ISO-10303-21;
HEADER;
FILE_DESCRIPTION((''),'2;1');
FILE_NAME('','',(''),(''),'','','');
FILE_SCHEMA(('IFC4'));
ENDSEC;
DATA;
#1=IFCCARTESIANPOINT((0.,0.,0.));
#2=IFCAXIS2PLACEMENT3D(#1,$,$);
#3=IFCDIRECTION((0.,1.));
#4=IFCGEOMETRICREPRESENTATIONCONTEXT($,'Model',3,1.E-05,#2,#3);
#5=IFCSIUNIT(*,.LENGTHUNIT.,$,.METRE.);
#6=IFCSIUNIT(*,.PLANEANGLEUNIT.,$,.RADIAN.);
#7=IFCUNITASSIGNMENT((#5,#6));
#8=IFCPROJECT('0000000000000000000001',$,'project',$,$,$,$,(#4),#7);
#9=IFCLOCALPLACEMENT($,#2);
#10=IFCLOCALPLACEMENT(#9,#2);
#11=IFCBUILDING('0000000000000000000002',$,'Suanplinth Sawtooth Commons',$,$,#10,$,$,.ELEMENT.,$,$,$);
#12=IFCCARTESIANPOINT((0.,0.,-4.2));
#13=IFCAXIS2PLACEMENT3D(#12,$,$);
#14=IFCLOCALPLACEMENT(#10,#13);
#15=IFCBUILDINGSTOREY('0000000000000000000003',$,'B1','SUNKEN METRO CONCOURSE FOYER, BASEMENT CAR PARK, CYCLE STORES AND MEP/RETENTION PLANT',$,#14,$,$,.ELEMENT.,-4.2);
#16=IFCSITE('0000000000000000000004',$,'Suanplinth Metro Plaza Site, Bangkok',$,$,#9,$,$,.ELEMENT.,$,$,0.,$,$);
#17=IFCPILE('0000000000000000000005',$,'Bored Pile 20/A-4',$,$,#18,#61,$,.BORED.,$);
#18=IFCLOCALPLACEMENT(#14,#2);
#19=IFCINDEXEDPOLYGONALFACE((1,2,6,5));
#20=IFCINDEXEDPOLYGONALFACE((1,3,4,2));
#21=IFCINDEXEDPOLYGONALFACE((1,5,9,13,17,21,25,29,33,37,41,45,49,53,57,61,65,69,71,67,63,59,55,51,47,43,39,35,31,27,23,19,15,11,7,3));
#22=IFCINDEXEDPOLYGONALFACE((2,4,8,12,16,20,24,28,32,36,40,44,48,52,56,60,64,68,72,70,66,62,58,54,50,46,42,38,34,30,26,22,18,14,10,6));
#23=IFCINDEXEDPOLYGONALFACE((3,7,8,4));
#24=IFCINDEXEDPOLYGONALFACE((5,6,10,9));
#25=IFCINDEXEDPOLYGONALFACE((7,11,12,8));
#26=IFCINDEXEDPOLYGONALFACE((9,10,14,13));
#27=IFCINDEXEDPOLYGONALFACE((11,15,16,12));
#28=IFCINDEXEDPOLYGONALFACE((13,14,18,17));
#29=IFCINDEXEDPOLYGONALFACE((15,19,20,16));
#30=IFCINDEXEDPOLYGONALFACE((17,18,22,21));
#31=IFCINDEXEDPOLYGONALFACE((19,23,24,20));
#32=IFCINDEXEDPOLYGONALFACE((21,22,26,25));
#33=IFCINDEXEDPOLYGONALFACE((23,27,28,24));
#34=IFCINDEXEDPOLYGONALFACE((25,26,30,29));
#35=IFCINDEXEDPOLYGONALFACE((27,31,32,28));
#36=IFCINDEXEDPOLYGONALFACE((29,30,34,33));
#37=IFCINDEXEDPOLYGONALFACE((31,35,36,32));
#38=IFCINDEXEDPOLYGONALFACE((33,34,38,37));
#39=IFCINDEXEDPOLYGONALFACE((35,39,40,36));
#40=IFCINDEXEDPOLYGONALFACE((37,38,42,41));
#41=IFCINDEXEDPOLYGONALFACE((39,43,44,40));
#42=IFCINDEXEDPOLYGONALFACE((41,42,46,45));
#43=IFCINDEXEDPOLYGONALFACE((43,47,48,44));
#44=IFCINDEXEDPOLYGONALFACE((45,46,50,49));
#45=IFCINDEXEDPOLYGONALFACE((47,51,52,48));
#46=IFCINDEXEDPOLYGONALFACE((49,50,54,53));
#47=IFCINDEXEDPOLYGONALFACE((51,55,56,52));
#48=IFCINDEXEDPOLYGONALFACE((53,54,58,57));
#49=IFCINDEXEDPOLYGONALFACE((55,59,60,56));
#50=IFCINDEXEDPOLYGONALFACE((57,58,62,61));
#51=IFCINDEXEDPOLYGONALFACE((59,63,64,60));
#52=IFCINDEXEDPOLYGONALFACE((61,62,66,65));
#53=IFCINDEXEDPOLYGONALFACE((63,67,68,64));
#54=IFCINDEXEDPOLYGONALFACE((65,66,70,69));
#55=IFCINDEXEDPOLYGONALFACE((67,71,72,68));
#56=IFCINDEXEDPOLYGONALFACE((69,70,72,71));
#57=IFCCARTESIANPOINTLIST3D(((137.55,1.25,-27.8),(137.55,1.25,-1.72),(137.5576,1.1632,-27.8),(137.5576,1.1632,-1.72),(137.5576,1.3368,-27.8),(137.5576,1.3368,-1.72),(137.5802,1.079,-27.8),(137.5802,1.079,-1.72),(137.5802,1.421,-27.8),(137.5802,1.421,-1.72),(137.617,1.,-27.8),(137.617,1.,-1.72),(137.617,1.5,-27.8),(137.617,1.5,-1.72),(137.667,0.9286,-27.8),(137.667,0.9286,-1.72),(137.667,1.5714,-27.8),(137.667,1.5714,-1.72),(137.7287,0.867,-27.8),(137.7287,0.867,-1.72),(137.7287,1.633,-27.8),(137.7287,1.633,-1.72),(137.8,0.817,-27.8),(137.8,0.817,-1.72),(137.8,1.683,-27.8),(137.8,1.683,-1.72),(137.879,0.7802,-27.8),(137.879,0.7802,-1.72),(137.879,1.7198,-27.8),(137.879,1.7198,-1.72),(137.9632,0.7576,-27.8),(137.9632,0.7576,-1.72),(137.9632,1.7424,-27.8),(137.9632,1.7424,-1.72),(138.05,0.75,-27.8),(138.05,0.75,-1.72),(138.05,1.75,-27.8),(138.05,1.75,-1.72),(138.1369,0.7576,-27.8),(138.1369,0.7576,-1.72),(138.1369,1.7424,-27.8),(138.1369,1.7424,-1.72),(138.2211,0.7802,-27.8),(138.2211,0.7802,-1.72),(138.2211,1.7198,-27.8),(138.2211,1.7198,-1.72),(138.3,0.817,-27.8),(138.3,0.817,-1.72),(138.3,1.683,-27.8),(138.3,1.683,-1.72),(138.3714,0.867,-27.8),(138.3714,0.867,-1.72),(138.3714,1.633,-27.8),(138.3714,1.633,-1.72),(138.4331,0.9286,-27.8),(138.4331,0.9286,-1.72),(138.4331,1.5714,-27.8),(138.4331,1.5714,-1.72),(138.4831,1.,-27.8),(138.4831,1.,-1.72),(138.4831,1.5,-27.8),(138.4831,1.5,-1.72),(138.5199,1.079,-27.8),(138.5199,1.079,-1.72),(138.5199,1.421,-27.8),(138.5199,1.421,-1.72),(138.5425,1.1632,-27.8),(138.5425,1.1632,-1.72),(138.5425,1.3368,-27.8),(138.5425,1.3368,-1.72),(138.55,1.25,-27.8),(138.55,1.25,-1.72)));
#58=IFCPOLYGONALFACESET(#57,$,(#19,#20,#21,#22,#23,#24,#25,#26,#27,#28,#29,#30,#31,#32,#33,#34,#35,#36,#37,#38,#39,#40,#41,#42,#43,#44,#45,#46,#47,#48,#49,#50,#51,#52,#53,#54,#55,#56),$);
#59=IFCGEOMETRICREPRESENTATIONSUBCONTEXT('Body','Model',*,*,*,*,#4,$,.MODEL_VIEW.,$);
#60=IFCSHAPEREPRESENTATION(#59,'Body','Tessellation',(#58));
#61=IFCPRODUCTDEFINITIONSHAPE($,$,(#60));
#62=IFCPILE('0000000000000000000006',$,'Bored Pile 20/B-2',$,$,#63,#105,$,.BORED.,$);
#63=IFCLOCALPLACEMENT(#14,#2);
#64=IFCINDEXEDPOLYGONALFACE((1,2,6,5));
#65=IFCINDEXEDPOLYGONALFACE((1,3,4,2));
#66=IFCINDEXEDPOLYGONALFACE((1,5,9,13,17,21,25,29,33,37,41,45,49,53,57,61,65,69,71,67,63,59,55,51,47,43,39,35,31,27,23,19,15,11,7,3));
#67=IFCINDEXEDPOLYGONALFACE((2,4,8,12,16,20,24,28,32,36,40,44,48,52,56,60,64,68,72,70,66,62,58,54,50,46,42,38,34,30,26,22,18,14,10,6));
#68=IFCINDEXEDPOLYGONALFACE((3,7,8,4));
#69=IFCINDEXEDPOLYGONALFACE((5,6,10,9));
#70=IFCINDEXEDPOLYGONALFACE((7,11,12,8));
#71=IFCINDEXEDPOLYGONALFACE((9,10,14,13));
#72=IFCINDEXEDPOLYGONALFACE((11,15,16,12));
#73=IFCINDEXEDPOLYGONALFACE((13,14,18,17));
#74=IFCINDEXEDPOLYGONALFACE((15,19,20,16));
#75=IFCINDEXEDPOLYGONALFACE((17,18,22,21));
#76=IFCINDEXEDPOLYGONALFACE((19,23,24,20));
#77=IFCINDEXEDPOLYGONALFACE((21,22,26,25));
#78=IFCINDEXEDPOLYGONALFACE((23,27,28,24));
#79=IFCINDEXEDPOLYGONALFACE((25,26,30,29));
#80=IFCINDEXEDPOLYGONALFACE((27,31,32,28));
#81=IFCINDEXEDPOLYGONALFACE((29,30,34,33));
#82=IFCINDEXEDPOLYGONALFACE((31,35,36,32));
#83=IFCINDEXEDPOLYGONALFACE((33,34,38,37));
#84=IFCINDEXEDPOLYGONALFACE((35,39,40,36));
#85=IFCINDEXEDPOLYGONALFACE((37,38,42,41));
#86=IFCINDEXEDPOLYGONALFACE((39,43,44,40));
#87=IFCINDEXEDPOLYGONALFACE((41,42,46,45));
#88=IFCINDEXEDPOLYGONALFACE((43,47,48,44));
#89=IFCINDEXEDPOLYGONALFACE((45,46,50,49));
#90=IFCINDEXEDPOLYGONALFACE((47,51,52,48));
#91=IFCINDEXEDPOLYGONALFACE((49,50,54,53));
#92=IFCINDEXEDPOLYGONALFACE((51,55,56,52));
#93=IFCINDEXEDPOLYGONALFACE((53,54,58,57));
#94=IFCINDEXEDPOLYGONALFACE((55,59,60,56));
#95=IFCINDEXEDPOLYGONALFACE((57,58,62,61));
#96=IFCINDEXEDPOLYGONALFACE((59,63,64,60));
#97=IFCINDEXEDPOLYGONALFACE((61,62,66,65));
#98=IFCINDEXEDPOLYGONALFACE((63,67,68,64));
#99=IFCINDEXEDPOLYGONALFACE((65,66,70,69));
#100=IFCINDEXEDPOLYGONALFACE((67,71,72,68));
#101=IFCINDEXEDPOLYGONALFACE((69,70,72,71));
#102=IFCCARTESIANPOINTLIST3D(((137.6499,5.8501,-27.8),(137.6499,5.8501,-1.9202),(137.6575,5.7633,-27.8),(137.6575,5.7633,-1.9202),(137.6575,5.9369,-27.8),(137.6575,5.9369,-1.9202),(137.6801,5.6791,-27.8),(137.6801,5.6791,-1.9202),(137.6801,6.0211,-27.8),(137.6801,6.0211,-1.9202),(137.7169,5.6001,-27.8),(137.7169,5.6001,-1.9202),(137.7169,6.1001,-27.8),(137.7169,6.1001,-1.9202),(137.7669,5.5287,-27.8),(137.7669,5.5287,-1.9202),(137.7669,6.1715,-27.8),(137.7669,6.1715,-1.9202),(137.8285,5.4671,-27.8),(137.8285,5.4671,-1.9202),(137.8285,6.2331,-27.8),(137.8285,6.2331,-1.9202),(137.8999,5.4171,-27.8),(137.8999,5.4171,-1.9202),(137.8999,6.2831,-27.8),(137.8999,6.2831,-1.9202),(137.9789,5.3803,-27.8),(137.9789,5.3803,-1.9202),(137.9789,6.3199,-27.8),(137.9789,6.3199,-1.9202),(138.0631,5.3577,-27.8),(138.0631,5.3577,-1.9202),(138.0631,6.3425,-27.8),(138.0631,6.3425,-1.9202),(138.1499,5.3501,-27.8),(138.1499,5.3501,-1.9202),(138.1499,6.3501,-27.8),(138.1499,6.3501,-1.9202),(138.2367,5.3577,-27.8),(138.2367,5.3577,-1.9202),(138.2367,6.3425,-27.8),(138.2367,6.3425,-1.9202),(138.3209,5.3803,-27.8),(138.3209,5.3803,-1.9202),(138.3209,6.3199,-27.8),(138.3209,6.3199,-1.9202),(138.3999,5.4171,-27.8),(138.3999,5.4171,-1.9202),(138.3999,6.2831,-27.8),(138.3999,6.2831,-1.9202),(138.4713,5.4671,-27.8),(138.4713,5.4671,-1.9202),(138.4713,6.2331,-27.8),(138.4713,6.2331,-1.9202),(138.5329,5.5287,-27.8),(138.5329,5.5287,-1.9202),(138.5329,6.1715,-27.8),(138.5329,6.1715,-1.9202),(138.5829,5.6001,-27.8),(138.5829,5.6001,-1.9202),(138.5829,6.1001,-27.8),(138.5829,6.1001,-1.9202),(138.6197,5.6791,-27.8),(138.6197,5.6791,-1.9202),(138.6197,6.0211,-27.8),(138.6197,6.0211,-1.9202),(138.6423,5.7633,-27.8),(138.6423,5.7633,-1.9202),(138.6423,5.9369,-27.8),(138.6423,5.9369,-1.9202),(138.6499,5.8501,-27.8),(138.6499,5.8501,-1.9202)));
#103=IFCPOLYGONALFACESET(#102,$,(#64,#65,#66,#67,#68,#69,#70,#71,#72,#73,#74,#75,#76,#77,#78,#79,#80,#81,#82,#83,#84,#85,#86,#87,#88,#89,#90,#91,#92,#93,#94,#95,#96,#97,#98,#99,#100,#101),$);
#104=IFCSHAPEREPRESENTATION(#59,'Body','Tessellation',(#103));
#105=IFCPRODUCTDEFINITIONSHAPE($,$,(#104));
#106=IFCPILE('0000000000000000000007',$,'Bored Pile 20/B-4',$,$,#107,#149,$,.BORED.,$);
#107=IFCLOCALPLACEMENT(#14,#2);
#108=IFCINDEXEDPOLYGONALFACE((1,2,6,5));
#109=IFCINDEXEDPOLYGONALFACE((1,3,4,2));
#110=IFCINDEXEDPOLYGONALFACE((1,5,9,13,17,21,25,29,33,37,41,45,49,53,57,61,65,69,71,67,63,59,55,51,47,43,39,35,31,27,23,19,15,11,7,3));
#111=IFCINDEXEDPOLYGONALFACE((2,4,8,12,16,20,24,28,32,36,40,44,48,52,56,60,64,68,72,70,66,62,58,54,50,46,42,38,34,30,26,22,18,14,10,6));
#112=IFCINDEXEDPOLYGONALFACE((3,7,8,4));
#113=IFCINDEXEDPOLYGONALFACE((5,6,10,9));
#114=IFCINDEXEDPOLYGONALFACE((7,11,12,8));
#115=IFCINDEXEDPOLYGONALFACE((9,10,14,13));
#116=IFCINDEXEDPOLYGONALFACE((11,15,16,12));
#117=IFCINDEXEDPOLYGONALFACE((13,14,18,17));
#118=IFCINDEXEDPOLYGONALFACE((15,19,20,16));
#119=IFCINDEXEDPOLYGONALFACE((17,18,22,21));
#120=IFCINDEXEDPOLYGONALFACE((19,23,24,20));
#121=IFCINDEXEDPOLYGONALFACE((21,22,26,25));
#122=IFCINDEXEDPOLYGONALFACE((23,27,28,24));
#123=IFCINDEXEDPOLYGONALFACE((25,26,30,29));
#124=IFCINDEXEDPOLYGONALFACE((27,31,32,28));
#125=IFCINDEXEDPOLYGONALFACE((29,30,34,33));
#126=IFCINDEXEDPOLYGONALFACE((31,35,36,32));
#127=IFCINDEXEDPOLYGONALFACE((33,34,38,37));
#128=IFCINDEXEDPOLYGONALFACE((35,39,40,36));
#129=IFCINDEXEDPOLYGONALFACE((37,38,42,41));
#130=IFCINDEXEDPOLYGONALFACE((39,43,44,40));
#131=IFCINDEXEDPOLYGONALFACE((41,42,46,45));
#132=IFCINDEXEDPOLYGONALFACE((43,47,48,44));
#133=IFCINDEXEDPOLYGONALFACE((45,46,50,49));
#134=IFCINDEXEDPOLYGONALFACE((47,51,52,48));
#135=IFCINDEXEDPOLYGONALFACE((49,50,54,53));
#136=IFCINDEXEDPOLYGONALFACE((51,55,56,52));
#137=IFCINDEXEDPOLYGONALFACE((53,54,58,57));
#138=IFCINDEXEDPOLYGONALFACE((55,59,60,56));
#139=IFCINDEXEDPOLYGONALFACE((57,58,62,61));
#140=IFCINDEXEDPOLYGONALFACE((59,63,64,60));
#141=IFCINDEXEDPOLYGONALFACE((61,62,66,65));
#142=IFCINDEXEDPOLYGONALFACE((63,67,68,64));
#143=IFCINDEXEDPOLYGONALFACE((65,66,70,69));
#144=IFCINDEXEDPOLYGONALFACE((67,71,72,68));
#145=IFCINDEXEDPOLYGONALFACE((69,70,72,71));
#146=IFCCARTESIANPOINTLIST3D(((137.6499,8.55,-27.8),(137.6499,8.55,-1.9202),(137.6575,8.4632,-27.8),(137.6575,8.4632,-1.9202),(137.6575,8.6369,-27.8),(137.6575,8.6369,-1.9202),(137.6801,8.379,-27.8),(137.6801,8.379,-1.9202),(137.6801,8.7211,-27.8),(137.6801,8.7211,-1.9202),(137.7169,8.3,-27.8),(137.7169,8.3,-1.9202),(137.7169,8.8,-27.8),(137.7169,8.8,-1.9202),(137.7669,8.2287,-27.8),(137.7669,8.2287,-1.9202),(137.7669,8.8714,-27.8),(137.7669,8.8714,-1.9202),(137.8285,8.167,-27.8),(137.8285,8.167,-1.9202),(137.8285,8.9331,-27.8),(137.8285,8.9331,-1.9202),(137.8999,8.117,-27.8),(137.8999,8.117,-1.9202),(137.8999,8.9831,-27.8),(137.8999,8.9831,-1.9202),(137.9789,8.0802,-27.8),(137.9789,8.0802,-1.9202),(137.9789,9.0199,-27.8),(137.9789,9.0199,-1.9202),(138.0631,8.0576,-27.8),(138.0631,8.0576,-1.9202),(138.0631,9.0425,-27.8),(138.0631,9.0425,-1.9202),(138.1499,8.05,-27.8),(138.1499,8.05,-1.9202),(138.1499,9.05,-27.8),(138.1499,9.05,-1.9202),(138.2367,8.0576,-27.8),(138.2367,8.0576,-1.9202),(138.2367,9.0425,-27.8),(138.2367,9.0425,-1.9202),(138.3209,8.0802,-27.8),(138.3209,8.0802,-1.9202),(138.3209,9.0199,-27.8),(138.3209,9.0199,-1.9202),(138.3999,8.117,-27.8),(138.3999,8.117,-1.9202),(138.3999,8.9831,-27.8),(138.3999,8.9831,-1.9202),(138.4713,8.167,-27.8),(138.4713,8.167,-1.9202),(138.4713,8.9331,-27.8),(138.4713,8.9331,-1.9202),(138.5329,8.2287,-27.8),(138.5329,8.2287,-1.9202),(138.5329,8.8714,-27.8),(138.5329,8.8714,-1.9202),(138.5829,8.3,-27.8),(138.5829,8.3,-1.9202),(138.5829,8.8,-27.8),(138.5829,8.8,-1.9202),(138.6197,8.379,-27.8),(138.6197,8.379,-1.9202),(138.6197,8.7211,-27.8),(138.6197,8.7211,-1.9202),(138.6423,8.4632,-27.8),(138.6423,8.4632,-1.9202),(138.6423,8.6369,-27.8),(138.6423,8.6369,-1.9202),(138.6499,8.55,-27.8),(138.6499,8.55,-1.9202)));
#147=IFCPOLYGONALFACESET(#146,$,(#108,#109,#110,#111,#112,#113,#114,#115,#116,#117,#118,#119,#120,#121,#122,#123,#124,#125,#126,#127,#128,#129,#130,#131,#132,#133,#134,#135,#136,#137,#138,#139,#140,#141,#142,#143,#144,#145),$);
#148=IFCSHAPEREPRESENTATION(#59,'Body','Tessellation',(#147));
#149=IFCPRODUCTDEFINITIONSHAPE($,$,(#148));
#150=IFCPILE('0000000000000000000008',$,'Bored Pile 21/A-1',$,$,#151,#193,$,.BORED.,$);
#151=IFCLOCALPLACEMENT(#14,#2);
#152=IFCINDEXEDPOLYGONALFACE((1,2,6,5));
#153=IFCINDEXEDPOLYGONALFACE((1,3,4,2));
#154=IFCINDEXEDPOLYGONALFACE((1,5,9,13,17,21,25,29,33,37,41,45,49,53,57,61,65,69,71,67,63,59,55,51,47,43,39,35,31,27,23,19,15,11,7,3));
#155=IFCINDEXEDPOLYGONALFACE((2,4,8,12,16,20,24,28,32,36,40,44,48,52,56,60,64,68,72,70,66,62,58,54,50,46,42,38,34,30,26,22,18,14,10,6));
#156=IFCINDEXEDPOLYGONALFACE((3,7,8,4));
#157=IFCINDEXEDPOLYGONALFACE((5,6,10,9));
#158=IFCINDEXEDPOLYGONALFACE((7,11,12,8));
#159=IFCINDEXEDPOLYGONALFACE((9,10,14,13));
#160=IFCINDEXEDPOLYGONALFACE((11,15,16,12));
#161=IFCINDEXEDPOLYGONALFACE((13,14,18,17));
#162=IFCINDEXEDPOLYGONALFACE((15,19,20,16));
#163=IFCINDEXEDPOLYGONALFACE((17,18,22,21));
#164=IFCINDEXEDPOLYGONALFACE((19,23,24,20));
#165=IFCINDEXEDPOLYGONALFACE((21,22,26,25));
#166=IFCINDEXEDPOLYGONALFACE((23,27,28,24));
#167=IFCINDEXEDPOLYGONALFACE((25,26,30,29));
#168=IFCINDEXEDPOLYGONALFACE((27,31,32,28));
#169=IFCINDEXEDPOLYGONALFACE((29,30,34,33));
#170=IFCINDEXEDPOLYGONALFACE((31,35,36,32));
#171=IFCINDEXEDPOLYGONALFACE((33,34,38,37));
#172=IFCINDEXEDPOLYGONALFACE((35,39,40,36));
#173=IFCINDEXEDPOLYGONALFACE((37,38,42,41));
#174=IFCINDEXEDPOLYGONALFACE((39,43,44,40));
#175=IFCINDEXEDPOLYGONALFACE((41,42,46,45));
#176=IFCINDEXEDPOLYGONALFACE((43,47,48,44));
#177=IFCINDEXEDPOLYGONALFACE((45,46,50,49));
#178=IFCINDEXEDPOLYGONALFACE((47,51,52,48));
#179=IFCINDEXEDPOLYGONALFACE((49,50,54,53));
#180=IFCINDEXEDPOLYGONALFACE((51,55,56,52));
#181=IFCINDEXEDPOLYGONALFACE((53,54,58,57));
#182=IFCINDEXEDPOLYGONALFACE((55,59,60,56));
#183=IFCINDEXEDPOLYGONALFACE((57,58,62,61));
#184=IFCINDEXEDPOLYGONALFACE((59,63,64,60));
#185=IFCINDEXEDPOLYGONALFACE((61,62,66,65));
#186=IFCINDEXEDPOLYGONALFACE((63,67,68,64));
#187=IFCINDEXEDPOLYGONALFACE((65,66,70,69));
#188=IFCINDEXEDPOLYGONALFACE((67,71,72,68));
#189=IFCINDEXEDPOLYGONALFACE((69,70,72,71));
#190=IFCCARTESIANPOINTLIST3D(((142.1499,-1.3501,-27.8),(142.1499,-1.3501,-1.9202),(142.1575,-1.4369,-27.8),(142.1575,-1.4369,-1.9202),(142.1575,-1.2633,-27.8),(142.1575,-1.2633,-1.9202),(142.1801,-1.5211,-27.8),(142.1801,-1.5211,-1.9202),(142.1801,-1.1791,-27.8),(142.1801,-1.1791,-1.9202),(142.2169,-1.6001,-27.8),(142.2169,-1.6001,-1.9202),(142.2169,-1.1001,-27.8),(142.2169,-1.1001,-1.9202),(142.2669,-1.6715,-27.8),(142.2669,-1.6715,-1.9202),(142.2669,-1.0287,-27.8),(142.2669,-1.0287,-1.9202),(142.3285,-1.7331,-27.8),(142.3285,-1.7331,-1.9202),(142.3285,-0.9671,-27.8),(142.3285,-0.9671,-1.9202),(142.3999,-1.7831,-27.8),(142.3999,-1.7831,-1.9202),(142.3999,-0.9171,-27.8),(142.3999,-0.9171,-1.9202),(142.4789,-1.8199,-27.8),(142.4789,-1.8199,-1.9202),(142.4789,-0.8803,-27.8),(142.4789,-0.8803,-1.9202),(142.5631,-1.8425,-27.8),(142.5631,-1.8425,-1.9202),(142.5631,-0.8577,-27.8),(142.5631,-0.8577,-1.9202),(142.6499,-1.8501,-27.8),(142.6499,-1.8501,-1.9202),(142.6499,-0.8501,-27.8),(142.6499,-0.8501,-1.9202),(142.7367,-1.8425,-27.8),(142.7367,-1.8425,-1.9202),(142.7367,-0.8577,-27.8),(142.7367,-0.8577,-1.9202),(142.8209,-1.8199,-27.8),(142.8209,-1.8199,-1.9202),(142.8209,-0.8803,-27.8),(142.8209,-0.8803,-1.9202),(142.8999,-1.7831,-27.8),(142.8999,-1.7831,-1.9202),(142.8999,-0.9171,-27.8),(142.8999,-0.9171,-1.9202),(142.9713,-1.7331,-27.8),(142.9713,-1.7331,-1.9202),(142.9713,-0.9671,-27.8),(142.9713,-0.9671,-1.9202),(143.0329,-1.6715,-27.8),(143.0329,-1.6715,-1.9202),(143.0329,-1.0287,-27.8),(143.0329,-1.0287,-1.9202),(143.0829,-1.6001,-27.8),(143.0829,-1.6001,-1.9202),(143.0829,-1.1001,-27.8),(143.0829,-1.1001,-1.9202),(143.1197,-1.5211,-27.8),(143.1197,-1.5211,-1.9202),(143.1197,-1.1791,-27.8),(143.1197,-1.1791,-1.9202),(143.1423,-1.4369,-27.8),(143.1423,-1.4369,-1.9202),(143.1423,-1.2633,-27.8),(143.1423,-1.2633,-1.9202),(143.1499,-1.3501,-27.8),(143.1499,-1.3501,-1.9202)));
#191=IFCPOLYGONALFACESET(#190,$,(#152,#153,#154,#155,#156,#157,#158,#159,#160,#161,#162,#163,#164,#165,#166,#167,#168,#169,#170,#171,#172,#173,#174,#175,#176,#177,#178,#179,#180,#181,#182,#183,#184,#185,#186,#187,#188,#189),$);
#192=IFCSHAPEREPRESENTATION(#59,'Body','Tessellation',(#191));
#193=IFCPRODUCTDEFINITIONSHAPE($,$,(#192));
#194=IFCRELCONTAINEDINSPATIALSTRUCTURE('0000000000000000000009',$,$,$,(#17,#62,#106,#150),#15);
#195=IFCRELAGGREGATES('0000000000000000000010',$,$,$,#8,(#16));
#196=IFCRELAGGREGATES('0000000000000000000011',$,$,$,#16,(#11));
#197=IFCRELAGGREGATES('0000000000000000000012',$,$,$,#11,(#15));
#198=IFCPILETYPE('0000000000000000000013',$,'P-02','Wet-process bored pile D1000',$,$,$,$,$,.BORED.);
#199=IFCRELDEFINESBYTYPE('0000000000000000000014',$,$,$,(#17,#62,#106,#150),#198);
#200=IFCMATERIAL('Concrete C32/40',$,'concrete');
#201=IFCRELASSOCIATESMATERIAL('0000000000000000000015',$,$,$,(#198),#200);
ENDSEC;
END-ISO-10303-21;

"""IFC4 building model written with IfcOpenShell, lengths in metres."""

from ifc_helpers import new_model, si_unit, direction, frame, origin, origin_2d, place, context, subcontext, project, spatial, circle, extrude, material, material_profile, profile_set, type_object, element, save


model = new_model("IFC4")

# Units and contexts
model_context = context("Model", 3, precision=1e-05, world=origin(), true_north=direction((0.0, 1.0)))
body_context = subcontext(model_context, "Body", "Model", "MODEL_VIEW")
ifc_project = project(units=[si_unit("LENGTHUNIT", "METRE"), si_unit("PLANEANGLEUNIT", "RADIAN")], contexts=[model_context])

# Site, building, storey
site_placement = place(None, origin())
site = spatial("IfcSite", under=ifc_project, at=site_placement, Name="Suanplinth Metro Plaza Site, Bangkok", CompositionType="ELEMENT", RefElevation=0.0)
building_placement = place(site_placement, origin())
building = spatial("IfcBuilding", under=site, at=building_placement, Name="Suanplinth Sawtooth Commons", CompositionType="ELEMENT")
storey_placement = place(building_placement, frame((0.0, 0.0, -4.2)))
storey = spatial("IfcBuildingStorey", under=building, at=storey_placement, Name="B1", Description="SUNKEN METRO CONCOURSE FOYER, BASEMENT CAR PARK, CYCLE STORES AND MEP/RETENTION PLANT", CompositionType="ELEMENT", Elevation=-4.2)

# Piles
ifc_material_1 = material(Name="Concrete C32/40", Category="concrete")
ifc_material_profile_1 = material_profile(ifc_material_1, circle(Radius=0.5, at=origin_2d()), Name="PILE D1000")
ifc_profile_set_1 = profile_set([ifc_material_profile_1], Name="Concrete C32/40")
pile_type = type_object("IfcPileType", Name="P-02", Description="Wet-process bored pile D1000", PredefinedType="BORED", material=ifc_profile_set_1)
for number, where, z_axis, x_axis, name in (
    (1, (138.05, 1.25, -1.72), (0.0, 0.0, -1.0), (1.0, 0.0, 0.0), "Bored Pile 20/A-4"),
):
    element("IfcPile", number, at=place(storey_placement, frame(where, z_axis=z_axis, x_axis=x_axis)), inside=storey, type_object=pile_type, Name=name, PredefinedType="BORED", context=body_context, shape_type="SweptSolid", body=[
        extrude(circle(Radius=0.5, at=origin_2d()), origin(), (0.0, 0.0, 1.0), 26.0801),
    ])
for number, where, z_axis, x_axis, name in (
    (2, (138.1499, 5.8501, -1.9202), (0.0, 0.0, -1.0), (1.0, 0.0, 0.0), "Bored Pile 20/B-2"),
    (3, (138.1499, 8.55, -1.9202), (0.0, 0.0, -1.0), (1.0, 0.0, 0.0), "Bored Pile 20/B-4"),
    (4, (142.6499, -1.3501, -1.9202), (0.0, 0.0, -1.0), (1.0, 0.0, 0.0), "Bored Pile 21/A-1"),
):
    element("IfcPile", number, at=place(storey_placement, frame(where, z_axis=z_axis, x_axis=x_axis)), inside=storey, type_object=pile_type, Name=name, PredefinedType="BORED", context=body_context, shape_type="SweptSolid", body=[
        extrude(circle(Radius=0.5, at=origin_2d()), origin(), (0.0, 0.0, 1.0), 25.8799),
    ])

save(model, "model.ifc")
